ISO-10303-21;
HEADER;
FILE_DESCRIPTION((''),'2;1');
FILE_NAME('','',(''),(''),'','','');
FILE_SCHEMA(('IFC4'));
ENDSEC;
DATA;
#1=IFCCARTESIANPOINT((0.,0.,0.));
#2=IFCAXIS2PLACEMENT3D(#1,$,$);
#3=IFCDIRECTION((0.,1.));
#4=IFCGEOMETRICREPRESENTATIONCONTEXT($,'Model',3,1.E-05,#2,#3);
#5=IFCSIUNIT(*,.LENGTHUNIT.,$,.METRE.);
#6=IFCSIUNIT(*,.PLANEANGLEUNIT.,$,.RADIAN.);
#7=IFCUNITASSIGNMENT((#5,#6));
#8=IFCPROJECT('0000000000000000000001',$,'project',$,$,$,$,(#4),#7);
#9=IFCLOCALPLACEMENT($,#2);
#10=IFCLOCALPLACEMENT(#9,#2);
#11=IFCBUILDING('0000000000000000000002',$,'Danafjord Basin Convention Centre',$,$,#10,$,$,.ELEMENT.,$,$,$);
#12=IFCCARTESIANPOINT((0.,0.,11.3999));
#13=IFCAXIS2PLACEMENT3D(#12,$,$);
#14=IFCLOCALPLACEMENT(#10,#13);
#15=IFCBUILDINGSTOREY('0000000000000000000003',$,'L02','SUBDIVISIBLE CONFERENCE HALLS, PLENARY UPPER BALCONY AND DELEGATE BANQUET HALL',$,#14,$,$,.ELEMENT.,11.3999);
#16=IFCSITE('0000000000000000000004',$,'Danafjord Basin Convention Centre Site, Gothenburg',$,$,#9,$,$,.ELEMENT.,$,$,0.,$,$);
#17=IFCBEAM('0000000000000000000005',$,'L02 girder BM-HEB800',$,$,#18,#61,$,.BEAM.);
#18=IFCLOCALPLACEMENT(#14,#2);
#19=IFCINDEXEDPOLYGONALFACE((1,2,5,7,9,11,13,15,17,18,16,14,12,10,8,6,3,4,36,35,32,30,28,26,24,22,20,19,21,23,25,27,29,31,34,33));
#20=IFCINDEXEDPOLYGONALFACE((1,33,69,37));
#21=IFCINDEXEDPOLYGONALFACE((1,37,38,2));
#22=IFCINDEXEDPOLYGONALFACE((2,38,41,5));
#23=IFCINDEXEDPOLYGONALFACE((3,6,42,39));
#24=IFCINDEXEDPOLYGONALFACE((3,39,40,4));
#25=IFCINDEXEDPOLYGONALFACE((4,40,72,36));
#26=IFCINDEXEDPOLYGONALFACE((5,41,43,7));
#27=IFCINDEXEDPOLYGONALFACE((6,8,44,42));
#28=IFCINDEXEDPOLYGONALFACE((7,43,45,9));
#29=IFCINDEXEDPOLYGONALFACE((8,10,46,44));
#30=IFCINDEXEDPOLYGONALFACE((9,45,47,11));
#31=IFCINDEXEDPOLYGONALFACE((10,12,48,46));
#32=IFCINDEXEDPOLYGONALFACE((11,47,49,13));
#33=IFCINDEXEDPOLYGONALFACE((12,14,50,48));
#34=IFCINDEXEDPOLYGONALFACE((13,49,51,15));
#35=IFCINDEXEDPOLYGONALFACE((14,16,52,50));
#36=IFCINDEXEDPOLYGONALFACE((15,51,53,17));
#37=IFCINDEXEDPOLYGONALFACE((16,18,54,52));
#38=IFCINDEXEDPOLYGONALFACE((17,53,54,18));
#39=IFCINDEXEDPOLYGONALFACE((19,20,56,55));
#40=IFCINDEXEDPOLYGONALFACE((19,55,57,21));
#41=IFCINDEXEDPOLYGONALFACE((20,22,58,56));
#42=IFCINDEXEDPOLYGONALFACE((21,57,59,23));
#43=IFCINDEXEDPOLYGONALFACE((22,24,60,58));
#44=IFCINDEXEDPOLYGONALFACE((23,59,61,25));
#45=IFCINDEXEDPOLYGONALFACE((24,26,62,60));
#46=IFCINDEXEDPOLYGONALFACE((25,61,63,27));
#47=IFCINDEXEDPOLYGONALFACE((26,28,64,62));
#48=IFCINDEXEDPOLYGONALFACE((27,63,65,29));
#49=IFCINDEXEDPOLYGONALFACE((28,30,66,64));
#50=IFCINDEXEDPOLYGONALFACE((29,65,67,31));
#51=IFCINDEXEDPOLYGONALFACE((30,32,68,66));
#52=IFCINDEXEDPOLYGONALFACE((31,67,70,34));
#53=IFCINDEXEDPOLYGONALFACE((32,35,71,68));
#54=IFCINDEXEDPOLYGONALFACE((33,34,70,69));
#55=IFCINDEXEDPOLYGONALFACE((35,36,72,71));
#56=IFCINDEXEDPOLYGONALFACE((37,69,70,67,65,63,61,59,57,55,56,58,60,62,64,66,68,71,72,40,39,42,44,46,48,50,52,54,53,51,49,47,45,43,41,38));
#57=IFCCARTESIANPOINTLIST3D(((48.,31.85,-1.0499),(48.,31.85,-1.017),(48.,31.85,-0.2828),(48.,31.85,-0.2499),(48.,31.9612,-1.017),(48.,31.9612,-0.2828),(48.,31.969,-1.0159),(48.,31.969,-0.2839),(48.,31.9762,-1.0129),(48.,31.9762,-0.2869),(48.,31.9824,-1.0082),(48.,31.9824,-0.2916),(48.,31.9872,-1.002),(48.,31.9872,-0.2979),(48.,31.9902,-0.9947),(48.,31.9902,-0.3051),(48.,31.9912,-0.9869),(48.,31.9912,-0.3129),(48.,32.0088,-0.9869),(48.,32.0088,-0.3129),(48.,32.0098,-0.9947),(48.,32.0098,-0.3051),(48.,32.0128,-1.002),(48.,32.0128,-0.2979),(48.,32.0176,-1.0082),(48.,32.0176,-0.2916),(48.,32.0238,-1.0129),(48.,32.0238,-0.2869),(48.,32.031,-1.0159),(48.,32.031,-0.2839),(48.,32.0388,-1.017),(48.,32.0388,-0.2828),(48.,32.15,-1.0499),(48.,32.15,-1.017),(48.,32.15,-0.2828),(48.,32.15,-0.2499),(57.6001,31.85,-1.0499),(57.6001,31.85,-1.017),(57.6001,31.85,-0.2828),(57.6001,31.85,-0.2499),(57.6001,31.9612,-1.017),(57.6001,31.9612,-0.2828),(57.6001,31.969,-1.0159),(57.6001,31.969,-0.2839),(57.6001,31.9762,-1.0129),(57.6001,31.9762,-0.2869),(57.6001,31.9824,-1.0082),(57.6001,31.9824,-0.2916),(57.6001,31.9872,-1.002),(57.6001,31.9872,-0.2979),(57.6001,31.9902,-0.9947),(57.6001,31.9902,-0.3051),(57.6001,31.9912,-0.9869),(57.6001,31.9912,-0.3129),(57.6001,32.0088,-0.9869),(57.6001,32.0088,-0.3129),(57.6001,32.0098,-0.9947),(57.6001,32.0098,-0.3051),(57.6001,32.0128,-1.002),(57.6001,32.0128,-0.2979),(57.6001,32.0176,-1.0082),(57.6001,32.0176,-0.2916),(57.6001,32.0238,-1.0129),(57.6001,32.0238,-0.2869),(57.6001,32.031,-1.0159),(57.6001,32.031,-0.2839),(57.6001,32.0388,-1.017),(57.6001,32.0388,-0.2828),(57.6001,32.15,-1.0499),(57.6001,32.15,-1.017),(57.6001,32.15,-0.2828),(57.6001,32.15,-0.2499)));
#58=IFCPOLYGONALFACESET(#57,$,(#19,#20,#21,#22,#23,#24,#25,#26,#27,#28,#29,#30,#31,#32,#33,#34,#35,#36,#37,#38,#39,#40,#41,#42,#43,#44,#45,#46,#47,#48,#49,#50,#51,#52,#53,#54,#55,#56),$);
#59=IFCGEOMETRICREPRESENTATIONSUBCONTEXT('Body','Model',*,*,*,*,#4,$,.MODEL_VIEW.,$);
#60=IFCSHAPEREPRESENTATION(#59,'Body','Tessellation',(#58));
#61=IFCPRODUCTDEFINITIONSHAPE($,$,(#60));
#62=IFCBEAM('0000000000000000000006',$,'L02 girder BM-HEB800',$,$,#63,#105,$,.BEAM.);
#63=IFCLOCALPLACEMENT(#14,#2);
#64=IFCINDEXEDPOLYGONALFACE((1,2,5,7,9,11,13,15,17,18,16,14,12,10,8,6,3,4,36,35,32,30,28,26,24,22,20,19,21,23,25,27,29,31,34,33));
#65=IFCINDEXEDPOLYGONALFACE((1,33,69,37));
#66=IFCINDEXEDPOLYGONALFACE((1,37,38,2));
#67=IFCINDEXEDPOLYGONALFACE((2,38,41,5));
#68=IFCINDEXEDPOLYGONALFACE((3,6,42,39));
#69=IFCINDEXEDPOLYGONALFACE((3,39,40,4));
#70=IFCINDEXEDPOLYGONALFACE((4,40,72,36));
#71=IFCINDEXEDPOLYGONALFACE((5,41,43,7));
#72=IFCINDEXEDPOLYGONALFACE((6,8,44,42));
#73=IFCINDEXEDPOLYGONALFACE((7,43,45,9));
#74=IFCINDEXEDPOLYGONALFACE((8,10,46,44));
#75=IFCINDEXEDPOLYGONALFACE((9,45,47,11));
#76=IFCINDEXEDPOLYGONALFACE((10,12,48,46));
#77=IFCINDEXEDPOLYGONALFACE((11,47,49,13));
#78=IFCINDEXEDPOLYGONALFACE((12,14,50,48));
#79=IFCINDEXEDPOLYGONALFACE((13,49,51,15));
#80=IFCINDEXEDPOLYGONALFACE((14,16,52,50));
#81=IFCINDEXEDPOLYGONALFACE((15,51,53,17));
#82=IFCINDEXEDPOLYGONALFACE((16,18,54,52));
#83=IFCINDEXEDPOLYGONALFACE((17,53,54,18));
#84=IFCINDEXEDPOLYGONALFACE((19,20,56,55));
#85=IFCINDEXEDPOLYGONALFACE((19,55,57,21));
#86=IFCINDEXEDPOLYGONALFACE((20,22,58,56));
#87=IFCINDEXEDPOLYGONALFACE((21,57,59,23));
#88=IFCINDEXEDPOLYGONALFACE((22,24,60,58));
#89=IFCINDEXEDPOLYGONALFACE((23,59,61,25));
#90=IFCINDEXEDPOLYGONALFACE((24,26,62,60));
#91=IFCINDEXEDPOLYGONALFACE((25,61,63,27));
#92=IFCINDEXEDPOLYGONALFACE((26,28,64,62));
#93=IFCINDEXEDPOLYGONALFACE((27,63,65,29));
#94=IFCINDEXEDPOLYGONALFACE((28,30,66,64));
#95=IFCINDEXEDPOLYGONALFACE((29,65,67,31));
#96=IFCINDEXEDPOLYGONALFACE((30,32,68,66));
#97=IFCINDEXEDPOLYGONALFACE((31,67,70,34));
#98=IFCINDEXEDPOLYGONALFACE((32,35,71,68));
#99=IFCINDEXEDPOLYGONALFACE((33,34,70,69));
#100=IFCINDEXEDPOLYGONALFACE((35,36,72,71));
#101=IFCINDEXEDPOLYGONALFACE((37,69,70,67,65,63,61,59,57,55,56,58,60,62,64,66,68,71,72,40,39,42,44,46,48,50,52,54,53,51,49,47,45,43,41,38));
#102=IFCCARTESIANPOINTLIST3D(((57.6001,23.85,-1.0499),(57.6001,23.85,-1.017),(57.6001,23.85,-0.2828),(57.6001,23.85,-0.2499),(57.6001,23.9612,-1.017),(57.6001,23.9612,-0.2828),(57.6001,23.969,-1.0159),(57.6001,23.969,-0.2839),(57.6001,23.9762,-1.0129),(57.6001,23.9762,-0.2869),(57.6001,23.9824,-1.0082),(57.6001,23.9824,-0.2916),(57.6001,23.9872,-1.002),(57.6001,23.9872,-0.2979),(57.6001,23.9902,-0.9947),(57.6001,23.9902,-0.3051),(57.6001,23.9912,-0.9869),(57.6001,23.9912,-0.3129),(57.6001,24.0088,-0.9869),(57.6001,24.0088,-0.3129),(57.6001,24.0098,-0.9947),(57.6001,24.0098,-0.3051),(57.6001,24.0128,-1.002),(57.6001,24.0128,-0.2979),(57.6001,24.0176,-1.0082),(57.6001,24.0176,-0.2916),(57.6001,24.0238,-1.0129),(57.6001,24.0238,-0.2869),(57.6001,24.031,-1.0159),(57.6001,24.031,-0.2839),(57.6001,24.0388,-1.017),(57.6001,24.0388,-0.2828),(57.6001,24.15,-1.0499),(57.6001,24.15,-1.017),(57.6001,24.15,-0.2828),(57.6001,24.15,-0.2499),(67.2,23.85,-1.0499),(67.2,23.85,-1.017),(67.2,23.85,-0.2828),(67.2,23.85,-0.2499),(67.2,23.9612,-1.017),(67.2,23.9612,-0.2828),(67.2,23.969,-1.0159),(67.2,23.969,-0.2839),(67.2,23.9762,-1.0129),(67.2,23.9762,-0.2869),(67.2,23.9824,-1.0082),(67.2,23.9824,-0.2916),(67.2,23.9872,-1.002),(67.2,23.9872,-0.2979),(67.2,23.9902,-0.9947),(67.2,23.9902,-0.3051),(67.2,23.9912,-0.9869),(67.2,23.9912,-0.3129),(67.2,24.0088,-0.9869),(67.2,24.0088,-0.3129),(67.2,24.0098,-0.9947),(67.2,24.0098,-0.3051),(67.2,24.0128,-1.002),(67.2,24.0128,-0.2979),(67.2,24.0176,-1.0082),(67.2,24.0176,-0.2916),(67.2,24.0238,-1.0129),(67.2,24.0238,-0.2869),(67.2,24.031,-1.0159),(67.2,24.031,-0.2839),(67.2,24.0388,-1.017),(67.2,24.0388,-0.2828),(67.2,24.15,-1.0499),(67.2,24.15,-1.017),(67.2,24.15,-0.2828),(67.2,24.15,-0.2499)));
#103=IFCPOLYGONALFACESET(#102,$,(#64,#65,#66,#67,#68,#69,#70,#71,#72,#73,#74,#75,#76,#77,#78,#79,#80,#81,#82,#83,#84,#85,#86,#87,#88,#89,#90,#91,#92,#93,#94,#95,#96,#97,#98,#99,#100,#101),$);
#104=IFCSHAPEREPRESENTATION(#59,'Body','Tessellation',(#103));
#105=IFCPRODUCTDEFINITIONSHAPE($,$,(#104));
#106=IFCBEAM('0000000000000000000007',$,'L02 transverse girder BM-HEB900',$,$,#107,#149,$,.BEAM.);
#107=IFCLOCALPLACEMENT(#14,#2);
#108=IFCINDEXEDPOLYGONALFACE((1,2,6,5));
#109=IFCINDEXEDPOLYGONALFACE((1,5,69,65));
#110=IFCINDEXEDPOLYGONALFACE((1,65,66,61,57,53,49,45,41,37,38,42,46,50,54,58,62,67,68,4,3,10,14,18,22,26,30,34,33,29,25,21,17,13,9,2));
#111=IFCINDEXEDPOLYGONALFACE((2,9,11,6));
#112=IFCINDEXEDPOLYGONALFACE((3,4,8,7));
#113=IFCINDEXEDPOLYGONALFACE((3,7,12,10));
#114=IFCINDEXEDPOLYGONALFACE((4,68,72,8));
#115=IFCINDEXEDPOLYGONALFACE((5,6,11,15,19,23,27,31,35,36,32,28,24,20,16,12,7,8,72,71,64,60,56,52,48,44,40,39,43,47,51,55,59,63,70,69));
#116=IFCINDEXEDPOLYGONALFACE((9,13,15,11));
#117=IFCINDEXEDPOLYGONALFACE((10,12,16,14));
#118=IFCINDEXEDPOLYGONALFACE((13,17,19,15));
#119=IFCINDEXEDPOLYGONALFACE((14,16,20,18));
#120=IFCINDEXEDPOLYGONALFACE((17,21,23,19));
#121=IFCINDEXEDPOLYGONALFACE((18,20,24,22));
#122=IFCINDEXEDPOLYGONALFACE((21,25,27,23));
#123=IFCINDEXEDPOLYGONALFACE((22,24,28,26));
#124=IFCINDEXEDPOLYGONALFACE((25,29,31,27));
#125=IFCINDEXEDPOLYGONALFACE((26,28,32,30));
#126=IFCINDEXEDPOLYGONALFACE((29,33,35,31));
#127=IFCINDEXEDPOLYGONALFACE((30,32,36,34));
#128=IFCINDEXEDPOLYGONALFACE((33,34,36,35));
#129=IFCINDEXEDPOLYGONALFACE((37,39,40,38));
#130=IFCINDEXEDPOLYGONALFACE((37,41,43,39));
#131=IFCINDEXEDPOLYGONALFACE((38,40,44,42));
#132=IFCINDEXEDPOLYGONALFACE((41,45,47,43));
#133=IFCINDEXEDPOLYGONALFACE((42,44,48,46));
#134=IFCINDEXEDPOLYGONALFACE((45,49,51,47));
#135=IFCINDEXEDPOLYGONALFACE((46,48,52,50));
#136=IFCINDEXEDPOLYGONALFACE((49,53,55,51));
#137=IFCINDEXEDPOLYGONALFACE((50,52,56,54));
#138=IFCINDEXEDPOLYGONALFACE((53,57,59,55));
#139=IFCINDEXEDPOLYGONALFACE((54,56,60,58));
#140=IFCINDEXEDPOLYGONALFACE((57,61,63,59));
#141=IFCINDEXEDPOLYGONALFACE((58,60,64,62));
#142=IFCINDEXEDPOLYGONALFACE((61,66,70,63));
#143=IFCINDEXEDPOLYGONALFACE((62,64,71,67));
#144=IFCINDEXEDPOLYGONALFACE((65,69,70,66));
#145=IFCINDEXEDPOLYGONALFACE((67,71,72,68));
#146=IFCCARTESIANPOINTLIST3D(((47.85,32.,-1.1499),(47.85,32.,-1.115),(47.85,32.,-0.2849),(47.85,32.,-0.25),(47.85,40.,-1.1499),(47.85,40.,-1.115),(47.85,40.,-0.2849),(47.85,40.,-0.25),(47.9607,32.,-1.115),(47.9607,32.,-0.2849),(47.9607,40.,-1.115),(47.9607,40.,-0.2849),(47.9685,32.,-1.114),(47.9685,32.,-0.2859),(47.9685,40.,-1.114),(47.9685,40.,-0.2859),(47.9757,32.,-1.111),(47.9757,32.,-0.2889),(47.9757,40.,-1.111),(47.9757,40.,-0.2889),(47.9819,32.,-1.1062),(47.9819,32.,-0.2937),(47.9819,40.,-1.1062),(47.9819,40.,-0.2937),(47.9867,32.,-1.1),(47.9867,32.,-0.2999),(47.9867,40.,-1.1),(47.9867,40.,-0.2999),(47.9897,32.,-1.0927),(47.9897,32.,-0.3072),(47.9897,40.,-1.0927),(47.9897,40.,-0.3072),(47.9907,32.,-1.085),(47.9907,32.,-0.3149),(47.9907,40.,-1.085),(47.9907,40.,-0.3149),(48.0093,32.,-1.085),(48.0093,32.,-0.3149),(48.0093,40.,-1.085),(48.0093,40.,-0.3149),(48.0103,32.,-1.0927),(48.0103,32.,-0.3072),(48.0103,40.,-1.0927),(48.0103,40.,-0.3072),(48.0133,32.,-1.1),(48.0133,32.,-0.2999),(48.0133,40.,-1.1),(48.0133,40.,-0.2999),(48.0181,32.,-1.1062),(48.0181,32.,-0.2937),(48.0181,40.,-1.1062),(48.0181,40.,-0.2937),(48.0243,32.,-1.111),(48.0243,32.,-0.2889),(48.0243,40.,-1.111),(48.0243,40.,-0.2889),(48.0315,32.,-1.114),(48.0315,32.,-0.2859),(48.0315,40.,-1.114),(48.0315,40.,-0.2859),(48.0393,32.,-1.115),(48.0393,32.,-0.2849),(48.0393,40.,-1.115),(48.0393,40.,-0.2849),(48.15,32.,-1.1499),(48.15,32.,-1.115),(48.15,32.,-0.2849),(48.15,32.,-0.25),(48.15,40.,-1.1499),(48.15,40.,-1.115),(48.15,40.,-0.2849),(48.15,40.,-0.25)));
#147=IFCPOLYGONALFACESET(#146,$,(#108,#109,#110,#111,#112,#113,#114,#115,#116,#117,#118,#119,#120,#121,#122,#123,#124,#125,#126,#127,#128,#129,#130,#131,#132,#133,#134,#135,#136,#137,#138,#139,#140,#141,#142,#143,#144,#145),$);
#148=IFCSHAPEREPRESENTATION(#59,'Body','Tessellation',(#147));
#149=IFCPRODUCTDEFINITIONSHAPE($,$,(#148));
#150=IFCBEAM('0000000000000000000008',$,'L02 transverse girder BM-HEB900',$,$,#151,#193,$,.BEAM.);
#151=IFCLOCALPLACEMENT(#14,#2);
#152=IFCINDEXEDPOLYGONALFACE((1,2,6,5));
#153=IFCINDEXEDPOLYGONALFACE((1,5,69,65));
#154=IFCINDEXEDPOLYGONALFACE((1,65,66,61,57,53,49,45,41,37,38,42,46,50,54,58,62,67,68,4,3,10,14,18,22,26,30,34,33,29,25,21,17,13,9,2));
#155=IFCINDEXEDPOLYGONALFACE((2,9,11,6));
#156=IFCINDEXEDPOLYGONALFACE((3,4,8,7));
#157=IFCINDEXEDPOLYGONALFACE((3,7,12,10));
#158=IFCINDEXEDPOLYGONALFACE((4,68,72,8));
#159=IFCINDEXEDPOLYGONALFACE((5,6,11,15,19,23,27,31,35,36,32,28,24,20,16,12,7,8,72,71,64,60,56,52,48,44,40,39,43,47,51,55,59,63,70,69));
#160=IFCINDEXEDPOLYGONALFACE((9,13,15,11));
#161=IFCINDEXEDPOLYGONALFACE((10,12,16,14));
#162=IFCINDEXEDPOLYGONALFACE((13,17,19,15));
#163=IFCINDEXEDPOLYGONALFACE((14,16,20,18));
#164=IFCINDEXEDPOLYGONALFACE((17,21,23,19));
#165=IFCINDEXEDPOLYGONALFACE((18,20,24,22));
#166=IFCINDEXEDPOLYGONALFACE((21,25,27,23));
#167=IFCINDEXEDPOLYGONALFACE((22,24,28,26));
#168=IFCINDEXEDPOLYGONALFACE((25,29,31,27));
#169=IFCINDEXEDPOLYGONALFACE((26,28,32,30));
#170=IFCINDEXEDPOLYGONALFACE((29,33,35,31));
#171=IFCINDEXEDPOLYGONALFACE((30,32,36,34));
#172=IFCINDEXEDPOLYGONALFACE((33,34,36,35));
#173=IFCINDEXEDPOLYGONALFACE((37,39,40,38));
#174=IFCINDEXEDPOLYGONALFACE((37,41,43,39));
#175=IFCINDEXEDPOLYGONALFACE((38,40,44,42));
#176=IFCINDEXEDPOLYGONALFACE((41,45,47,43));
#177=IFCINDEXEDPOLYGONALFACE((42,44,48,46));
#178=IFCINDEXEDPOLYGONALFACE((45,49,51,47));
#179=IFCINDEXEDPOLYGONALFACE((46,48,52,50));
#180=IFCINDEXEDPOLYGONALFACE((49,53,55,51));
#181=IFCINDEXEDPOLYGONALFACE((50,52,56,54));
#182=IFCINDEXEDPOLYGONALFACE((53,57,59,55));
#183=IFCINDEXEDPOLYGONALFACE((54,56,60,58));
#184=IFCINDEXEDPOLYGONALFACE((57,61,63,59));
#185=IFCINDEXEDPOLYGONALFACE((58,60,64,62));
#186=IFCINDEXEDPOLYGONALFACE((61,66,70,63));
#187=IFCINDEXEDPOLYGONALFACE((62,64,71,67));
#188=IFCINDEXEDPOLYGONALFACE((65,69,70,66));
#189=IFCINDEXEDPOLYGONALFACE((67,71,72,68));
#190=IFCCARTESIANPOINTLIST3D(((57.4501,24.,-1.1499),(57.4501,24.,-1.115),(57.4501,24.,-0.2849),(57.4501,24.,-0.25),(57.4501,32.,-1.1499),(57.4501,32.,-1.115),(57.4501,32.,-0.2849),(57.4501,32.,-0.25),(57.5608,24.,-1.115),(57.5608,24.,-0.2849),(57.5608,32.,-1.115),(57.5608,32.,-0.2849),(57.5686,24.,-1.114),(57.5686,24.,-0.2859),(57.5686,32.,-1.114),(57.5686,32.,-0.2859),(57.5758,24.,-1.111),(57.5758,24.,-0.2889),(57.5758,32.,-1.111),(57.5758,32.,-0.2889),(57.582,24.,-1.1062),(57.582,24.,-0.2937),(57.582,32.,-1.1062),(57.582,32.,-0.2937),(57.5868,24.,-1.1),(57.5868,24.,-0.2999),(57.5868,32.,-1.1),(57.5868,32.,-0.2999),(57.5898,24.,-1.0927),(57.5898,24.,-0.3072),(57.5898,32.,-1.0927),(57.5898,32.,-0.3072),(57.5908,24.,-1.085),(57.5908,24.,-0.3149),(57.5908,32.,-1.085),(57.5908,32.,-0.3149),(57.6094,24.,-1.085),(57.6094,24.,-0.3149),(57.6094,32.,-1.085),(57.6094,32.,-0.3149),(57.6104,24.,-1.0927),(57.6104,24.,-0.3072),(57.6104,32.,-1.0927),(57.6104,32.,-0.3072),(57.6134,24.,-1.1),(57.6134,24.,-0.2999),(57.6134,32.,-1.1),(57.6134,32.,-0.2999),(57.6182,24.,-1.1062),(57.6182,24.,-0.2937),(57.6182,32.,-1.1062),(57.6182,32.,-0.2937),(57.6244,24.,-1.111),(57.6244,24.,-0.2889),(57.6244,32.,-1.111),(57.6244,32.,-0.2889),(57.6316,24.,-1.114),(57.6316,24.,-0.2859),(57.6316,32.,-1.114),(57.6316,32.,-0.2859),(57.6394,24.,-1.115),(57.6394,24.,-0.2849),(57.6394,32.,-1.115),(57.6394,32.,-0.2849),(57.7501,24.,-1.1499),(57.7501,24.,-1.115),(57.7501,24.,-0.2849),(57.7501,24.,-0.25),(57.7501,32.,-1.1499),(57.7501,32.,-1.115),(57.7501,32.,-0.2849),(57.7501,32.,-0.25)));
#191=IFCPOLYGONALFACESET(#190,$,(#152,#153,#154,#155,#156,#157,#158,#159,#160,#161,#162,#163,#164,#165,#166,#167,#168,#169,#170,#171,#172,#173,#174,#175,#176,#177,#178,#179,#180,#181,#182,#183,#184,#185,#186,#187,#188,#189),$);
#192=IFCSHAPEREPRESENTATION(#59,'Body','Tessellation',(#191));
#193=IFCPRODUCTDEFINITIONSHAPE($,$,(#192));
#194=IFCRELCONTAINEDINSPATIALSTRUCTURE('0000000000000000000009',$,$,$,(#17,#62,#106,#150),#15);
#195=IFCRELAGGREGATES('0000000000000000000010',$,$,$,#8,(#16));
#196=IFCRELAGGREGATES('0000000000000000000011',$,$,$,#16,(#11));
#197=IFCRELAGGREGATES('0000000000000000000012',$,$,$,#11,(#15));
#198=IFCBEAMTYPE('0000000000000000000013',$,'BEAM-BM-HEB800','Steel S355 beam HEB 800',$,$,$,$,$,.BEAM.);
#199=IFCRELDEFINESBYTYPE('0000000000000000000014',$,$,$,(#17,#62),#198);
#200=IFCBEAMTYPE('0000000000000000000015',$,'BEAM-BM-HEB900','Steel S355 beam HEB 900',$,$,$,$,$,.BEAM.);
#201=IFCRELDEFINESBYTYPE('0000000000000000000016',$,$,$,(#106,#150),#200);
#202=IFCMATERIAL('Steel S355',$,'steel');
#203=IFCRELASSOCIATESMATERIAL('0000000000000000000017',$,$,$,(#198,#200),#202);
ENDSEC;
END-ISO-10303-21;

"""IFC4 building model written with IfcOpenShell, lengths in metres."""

from ifc_helpers import new_model, si_unit, direction, frame, origin, origin_2d, place, context, subcontext, project, spatial, i_section, extrude, material, material_profile, profile_set, type_object, element, save


model = new_model("IFC4")

# Units and contexts
model_context = context("Model", 3, precision=1e-05, world=origin(), true_north=direction((0.0, 1.0)))
body_context = subcontext(model_context, "Body", "Model", "MODEL_VIEW")
ifc_project = project(units=[si_unit("LENGTHUNIT", "METRE"), si_unit("PLANEANGLEUNIT", "RADIAN")], contexts=[model_context])

# Site, building, storey
site_placement = place(None, origin())
site = spatial("IfcSite", under=ifc_project, at=site_placement, Name="Danafjord Basin Convention Centre Site, Gothenburg", CompositionType="ELEMENT", RefElevation=0.0)
building_placement = place(site_placement, origin())
building = spatial("IfcBuilding", under=site, at=building_placement, Name="Danafjord Basin Convention Centre", CompositionType="ELEMENT")
storey_placement = place(building_placement, frame((0.0, 0.0, 11.3999)))
storey = spatial("IfcBuildingStorey", under=building, at=storey_placement, Name="L02", Description="SUBDIVISIBLE CONFERENCE HALLS, PLENARY UPPER BALCONY AND DELEGATE BANQUET HALL", CompositionType="ELEMENT", Elevation=11.3999)

# Shared definitions
ifc_material_1 = material(Name="Steel S355", Category="steel")

# Beams
ifc_material_profile_1 = material_profile(ifc_material_1, i_section(OverallWidth=0.3, OverallDepth=0.8, WebThickness=0.0176, FlangeThickness=0.033, FilletRadius=0.03, at=origin_2d()), Name="HEB 800")
ifc_profile_set_1 = profile_set([ifc_material_profile_1], Name="Steel S355")
beam_type_1 = type_object("IfcBeamType", Name="BEAM-BM-HEB800", Description="Steel S355 beam HEB 800", PredefinedType="BEAM", material=ifc_profile_set_1)
beam_1_placement = place(storey_placement, frame((48.0, 32.0, -0.6499), z_axis=(1.0, 0.0, 0.0), x_axis=(0.0, 1.0, 0.0)))
element("IfcBeam", 1, at=beam_1_placement, inside=storey, type_object=beam_type_1, Name="L02 girder BM-HEB800", PredefinedType="BEAM", context=body_context, shape_type="SweptSolid", body=[
    extrude(i_section(OverallWidth=0.3, OverallDepth=0.8, WebThickness=0.0176, FlangeThickness=0.033, FilletRadius=0.03, at=origin_2d()), origin(), (0.0, 0.0, 1.0), 9.6001),
])
beam_2_placement = place(storey_placement, frame((57.6001, 24.0, -0.6499), z_axis=(1.0, 0.0, 0.0), x_axis=(0.0, 1.0, 0.0)))
element("IfcBeam", 2, at=beam_2_placement, inside=storey, type_object=beam_type_1, Name="L02 girder BM-HEB800", PredefinedType="BEAM", context=body_context, shape_type="SweptSolid", body=[
    extrude(i_section(OverallWidth=0.3, OverallDepth=0.8, WebThickness=0.0176, FlangeThickness=0.033, FilletRadius=0.03, at=origin_2d()), origin(), (0.0, 0.0, 1.0), 9.5999),
])
ifc_material_profile_2 = material_profile(ifc_material_1, i_section(OverallWidth=0.3, OverallDepth=0.8999, WebThickness=0.0186, FlangeThickness=0.0349, FilletRadius=0.03, at=origin_2d()), Name="HEB 900")
ifc_profile_set_2 = profile_set([ifc_material_profile_2], Name="Steel S355")
beam_type_2 = type_object("IfcBeamType", Name="BEAM-BM-HEB900", Description="Steel S355 beam HEB 900", PredefinedType="BEAM", material=ifc_profile_set_2)
for number, where, z_axis, x_axis, name in (
    (3, (48.0, 32.0, -0.7), (0.0, 1.0, 0.0), (-1.0, 0.0, 0.0), "L02 transverse girder BM-HEB900"),
    (4, (57.6001, 24.0, -0.7), (0.0, 1.0, 0.0), (-1.0, 0.0, 0.0), "L02 transverse girder BM-HEB900"),
):
    element("IfcBeam", number, at=place(storey_placement, frame(where, z_axis=z_axis, x_axis=x_axis)), inside=storey, type_object=beam_type_2, Name=name, PredefinedType="BEAM", context=body_context, shape_type="SweptSolid", body=[
        extrude(i_section(OverallWidth=0.3, OverallDepth=0.8999, WebThickness=0.0186, FlangeThickness=0.0349, FilletRadius=0.03, at=origin_2d()), origin(), (0.0, 0.0, 1.0), 8.0),
    ])

save(model, "model.ifc")
